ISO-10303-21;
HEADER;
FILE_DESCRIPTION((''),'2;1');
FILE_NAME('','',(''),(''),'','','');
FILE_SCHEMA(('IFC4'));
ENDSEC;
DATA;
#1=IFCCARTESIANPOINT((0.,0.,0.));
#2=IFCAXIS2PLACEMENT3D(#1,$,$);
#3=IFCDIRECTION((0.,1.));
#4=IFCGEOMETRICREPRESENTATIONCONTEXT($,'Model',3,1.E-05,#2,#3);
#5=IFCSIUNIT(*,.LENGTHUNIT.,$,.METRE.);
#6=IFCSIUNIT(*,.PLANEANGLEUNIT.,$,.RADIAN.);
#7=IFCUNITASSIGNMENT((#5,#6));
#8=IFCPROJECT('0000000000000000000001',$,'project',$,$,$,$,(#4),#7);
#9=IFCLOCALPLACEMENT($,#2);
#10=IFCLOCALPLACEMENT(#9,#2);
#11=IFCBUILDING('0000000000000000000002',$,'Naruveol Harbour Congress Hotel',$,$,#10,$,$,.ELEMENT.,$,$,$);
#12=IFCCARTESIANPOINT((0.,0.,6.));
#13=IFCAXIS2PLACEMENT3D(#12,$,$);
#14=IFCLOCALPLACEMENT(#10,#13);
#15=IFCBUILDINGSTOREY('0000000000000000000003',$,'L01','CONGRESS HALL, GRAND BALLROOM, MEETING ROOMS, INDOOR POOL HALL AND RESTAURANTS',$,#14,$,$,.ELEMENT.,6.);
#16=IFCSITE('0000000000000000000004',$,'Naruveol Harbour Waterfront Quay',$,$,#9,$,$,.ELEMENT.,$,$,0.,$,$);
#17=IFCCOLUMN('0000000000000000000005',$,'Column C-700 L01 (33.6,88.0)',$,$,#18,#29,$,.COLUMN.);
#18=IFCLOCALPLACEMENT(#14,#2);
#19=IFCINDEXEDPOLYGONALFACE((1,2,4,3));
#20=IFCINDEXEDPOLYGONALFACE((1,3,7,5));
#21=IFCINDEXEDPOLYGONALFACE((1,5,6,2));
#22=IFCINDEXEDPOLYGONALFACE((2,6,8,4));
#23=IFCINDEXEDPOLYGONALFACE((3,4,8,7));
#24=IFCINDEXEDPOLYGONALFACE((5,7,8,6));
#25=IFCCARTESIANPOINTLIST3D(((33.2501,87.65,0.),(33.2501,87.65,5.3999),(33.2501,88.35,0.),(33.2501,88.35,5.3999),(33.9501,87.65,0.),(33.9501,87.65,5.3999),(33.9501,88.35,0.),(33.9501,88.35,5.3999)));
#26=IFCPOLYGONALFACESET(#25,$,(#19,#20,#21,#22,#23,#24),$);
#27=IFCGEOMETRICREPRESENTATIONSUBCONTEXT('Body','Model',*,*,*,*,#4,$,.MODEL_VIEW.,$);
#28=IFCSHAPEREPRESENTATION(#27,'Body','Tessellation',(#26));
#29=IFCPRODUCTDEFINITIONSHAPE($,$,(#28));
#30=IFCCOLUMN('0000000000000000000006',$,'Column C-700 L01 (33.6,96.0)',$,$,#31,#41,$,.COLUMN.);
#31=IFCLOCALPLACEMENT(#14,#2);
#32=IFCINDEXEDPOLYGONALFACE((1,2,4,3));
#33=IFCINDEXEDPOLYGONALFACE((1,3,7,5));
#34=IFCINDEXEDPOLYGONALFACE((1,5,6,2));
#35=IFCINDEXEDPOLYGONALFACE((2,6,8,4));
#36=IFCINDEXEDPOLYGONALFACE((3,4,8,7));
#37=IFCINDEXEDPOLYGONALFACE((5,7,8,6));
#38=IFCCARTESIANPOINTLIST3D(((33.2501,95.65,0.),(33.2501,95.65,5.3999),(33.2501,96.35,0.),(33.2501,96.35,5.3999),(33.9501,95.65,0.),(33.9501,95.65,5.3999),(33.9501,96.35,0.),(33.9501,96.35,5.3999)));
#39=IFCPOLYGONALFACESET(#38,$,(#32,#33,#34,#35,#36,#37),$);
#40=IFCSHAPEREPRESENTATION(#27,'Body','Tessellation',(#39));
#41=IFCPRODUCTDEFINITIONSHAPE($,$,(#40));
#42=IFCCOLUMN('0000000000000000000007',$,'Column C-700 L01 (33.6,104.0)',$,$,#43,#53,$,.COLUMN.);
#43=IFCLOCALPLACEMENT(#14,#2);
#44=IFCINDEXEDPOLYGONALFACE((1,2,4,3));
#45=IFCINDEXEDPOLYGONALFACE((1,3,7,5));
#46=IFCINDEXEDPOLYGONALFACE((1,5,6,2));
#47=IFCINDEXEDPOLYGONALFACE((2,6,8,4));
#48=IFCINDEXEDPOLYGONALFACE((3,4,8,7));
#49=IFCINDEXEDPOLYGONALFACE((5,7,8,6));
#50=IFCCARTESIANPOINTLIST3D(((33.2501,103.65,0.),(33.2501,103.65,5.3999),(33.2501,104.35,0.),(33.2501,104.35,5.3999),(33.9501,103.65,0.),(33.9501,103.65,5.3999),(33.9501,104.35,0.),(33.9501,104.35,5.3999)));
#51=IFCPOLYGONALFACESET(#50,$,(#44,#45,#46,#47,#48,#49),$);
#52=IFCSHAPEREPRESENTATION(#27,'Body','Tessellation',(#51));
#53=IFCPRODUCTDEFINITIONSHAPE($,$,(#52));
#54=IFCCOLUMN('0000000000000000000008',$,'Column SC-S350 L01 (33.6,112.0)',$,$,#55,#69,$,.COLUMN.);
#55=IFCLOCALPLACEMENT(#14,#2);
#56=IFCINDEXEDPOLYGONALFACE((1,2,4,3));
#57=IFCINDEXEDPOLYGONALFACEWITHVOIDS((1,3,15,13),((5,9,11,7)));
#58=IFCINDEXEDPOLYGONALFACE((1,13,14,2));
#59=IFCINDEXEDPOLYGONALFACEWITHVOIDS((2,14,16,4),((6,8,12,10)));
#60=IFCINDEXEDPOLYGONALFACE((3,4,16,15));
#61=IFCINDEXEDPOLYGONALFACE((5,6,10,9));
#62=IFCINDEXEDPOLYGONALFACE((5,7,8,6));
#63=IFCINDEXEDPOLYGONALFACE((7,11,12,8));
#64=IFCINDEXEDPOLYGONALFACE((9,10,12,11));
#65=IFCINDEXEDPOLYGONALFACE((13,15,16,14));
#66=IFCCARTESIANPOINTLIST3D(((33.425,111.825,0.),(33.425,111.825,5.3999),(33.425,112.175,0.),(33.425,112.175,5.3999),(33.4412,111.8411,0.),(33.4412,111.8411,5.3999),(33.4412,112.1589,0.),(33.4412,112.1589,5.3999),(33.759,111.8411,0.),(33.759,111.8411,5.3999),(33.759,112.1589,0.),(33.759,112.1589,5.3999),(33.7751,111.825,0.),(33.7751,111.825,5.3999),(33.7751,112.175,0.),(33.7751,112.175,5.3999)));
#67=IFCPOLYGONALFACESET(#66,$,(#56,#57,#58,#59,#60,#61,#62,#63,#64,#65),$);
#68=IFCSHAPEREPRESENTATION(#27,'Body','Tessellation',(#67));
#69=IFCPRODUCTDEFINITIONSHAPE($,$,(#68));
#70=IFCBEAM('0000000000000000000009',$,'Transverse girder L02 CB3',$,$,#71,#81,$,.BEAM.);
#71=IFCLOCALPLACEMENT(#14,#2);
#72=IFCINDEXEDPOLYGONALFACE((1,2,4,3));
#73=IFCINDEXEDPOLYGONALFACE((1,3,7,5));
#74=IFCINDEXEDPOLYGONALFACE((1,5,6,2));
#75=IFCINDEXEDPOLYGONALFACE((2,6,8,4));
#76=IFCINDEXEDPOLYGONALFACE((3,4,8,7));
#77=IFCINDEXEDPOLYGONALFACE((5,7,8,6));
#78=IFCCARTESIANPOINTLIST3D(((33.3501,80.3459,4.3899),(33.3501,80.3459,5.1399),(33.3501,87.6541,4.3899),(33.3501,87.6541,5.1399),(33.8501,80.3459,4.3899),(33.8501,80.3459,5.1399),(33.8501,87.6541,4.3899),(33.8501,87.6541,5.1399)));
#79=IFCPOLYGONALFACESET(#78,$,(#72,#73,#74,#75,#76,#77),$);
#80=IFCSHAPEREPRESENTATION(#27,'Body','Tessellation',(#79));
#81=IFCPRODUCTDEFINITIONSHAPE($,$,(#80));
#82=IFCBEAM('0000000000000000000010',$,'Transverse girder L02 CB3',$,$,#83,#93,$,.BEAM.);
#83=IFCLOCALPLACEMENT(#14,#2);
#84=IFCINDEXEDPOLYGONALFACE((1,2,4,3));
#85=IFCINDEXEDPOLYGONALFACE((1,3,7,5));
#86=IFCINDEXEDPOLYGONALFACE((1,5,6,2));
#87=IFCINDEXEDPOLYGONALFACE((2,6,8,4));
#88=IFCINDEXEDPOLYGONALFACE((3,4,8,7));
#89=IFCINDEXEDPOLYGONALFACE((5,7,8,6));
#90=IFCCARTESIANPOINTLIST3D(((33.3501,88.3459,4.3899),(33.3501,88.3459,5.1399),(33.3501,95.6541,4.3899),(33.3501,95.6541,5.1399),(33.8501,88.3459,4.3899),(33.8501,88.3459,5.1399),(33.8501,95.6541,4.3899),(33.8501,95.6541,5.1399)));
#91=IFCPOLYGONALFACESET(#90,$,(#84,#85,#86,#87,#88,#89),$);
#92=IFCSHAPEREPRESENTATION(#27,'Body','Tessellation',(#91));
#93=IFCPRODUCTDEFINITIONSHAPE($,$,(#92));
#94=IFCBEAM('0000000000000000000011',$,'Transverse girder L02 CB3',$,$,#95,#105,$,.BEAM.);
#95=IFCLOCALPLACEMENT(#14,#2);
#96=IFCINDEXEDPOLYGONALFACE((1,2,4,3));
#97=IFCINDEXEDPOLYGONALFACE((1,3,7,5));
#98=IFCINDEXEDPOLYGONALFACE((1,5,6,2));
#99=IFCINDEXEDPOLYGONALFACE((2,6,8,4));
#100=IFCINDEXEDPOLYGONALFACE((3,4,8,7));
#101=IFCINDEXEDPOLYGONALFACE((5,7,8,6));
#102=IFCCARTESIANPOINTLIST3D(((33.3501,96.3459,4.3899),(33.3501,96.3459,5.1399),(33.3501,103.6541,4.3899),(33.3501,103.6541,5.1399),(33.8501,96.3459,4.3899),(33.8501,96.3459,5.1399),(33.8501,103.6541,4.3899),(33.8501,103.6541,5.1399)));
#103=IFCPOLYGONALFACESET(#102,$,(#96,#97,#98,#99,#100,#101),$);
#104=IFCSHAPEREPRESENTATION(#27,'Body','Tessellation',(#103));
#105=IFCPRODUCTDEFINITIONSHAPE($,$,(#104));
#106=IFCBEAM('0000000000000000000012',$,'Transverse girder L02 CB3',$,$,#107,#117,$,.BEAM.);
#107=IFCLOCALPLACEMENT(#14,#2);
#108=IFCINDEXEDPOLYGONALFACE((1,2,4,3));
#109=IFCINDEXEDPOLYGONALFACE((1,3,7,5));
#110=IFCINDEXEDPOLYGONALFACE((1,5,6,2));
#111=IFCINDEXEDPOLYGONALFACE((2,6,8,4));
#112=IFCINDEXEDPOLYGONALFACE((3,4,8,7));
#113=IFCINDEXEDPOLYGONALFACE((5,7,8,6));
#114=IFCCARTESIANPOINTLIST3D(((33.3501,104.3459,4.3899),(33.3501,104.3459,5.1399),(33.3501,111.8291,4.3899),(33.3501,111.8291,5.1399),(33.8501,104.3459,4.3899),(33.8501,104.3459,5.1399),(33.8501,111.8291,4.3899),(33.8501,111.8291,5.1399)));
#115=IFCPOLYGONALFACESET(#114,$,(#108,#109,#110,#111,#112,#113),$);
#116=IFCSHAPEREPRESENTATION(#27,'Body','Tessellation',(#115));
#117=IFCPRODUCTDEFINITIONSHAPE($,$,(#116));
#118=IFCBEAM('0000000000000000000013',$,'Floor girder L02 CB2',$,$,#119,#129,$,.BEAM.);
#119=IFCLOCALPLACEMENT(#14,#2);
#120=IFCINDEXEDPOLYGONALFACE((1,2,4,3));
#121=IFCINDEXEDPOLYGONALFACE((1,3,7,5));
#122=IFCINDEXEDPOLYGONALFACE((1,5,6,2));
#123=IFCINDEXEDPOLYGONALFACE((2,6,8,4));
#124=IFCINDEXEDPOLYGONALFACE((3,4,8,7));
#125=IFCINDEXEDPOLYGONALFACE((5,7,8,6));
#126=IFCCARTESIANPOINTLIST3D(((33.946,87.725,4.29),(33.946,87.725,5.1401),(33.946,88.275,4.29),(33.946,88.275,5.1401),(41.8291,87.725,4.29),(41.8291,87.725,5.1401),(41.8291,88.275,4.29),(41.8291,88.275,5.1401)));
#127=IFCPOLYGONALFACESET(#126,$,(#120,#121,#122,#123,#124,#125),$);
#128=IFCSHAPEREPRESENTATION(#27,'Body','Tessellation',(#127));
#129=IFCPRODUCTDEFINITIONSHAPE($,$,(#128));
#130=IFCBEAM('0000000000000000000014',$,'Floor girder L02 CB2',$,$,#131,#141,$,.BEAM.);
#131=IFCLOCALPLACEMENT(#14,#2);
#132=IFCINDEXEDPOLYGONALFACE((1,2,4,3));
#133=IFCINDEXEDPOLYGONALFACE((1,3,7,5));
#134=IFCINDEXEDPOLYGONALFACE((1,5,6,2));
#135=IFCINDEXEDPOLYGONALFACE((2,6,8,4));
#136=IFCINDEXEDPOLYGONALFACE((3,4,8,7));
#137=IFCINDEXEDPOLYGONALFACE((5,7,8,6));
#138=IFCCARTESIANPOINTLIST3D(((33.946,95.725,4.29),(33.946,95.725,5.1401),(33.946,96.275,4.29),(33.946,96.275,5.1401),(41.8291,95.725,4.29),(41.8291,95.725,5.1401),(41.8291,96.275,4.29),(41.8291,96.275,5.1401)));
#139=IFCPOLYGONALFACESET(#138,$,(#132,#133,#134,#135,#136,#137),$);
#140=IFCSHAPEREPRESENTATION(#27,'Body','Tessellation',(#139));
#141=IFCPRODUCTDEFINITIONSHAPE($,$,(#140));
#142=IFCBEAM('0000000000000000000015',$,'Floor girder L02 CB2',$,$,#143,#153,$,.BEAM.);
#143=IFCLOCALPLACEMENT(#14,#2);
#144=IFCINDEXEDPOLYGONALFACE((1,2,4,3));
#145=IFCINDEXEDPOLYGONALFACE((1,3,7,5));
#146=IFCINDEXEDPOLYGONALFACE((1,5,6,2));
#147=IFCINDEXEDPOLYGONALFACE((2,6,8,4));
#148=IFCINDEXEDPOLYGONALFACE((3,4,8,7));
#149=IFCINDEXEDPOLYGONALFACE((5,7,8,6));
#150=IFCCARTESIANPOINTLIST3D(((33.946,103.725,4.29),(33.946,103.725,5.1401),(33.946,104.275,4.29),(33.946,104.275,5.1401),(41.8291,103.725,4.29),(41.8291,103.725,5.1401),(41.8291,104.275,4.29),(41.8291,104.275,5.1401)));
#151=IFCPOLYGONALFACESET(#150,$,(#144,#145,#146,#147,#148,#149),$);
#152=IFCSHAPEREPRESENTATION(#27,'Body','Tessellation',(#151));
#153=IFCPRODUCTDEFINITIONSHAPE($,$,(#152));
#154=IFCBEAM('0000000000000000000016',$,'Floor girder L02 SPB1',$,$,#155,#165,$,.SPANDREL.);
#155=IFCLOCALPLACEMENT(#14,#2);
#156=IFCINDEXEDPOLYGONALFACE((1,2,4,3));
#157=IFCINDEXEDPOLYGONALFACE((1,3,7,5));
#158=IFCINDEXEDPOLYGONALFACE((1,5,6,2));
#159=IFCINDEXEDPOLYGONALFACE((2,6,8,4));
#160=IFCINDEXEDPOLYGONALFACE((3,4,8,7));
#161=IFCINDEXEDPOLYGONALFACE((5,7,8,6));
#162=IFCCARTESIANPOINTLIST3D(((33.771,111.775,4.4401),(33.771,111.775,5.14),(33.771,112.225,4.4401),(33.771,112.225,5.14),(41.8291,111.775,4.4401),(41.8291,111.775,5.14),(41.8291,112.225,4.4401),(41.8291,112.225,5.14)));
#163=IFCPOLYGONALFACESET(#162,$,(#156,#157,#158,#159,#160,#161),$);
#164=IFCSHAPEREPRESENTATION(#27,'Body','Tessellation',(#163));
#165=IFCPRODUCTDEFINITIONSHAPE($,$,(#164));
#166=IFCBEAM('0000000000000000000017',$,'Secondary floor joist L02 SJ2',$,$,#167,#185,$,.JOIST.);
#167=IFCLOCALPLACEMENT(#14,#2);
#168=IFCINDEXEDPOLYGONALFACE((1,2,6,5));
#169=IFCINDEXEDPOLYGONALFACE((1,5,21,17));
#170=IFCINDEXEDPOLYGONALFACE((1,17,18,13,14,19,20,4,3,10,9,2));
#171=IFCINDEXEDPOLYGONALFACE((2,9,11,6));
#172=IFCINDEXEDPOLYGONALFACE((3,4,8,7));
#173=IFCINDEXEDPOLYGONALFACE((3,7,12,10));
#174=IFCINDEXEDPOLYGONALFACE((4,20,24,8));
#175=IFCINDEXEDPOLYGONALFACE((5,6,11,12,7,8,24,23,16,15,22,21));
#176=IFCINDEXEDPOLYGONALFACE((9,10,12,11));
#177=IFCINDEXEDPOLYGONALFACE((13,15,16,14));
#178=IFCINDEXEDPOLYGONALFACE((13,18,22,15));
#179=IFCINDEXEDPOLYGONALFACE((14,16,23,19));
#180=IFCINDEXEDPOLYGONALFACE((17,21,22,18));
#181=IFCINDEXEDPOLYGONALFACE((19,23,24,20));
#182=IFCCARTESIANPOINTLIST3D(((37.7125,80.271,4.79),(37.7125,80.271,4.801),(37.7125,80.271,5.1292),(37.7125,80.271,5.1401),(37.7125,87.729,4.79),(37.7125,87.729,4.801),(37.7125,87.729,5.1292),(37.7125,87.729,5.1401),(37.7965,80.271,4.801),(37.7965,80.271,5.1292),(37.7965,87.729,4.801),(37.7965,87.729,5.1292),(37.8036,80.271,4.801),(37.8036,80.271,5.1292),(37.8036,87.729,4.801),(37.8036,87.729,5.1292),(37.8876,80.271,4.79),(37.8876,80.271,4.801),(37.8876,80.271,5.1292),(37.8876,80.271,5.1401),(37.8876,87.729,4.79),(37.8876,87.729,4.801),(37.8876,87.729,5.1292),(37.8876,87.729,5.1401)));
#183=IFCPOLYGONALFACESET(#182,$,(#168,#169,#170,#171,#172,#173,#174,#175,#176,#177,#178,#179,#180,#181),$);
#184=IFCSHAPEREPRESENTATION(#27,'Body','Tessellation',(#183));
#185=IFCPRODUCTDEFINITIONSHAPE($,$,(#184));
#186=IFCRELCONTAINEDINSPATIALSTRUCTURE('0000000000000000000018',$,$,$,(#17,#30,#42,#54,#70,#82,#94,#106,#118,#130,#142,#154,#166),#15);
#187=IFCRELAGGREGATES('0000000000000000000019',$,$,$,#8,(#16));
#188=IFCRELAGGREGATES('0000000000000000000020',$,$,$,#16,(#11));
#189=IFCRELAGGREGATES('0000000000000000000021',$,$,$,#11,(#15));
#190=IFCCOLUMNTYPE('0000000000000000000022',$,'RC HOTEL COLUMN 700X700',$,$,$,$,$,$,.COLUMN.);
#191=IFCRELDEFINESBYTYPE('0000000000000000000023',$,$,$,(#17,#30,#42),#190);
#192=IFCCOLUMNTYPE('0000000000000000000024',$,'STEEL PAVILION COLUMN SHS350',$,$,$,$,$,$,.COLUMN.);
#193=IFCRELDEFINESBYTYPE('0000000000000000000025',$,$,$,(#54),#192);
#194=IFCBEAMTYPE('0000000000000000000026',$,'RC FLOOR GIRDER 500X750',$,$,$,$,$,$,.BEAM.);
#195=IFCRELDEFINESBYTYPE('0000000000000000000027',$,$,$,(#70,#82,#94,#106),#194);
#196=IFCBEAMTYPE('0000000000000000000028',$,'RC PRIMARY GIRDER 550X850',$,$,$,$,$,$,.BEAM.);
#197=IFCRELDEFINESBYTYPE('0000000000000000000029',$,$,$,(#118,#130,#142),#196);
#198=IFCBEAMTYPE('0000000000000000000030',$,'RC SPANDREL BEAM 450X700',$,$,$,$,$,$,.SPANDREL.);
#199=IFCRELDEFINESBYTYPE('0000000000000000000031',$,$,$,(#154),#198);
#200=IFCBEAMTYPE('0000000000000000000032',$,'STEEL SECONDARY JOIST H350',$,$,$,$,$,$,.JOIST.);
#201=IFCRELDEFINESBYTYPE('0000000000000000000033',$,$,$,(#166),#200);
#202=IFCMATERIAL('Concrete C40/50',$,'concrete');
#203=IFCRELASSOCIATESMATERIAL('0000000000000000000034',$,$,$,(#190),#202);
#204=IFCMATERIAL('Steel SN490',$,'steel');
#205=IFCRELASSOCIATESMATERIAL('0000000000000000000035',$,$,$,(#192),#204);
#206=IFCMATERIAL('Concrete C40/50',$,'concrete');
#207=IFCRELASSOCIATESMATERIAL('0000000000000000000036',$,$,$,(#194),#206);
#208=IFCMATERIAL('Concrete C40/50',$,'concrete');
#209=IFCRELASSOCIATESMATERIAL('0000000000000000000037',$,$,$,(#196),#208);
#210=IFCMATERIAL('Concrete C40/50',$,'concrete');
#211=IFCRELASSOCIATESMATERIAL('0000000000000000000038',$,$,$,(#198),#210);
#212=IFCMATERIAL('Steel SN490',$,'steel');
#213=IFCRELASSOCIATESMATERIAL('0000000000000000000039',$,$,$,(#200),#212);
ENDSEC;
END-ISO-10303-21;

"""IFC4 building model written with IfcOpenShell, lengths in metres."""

from ifc_helpers import new_model, si_unit, direction, frame, origin, origin_2d, place, context, subcontext, project, spatial, rectangle, hollow_rectangle, i_section, extrude, material, material_profile, profile_set, type_object, element, save


model = new_model("IFC4")

# Units and contexts
model_context = context("Model", 3, precision=1e-05, world=origin(), true_north=direction((0.0, 1.0)))
body_context = subcontext(model_context, "Body", "Model", "MODEL_VIEW")
ifc_project = project(units=[si_unit("LENGTHUNIT", "METRE"), si_unit("PLANEANGLEUNIT", "RADIAN")], contexts=[model_context])

# Site, building, storey
site_placement = place(None, origin())
site = spatial("IfcSite", under=ifc_project, at=site_placement, Name="Naruveol Harbour Waterfront Quay", CompositionType="ELEMENT", RefElevation=0.0)
building_placement = place(site_placement, origin())
building = spatial("IfcBuilding", under=site, at=building_placement, Name="Naruveol Harbour Congress Hotel", CompositionType="ELEMENT")
storey_placement = place(building_placement, frame((0.0, 0.0, 6.0)))
storey = spatial("IfcBuildingStorey", under=building, at=storey_placement, Name="L01", Description="CONGRESS HALL, GRAND BALLROOM, MEETING ROOMS, INDOOR POOL HALL AND RESTAURANTS", CompositionType="ELEMENT", Elevation=6.0)

# Columns
ifc_material_1 = material(Name="Concrete C40/50", Category="concrete")
ifc_material_profile_1 = material_profile(ifc_material_1, rectangle(XDim=0.7, YDim=0.7, at=origin_2d()), Name="RC-700x700")
ifc_profile_set_1 = profile_set([ifc_material_profile_1], Name="Concrete C40/50")
column_type_1 = type_object("IfcColumnType", Name="RC HOTEL COLUMN 700X700", PredefinedType="COLUMN", material=ifc_profile_set_1)
for number, where, z_axis, x_axis, name in (
    (1, (33.6001, 88.0, 0.0), (0.0, 0.0, 1.0), (1.0, 0.0, 0.0), "Column C-700 L01 (33.6,88.0)"),
    (2, (33.6001, 96.0, 0.0), (0.0, 0.0, 1.0), (1.0, 0.0, 0.0), "Column C-700 L01 (33.6,96.0)"),
    (3, (33.6001, 104.0, 0.0), (0.0, 0.0, 1.0), (1.0, 0.0, 0.0), "Column C-700 L01 (33.6,104.0)"),
):
    element("IfcColumn", number, at=place(storey_placement, frame(where, z_axis=z_axis, x_axis=x_axis)), inside=storey, type_object=column_type_1, Name=name, PredefinedType="COLUMN", context=body_context, shape_type="SweptSolid", body=[
        extrude(rectangle(XDim=0.7, YDim=0.7, at=origin_2d()), origin(), (0.0, 0.0, 1.0), 5.3999),
    ])
ifc_material_2 = material(Name="Steel SN490", Category="steel")
ifc_material_profile_2 = material_profile(ifc_material_2, hollow_rectangle(XDim=0.3501, YDim=0.3501, WallThickness=0.0161, at=origin_2d()), Name="SHS-350x350x16")
ifc_profile_set_2 = profile_set([ifc_material_profile_2], Name="Steel SN490")
column_type_2 = type_object("IfcColumnType", Name="STEEL PAVILION COLUMN SHS350", PredefinedType="COLUMN", material=ifc_profile_set_2)
column_placement = place(storey_placement, frame((33.6001, 112.0, 0.0), z_axis=(0.0, 0.0, 1.0), x_axis=(1.0, 0.0, 0.0)))
element("IfcColumn", 4, at=column_placement, inside=storey, type_object=column_type_2, Name="Column SC-S350 L01 (33.6,112.0)", PredefinedType="COLUMN", context=body_context, shape_type="SweptSolid", body=[
    extrude(hollow_rectangle(XDim=0.3501, YDim=0.3501, WallThickness=0.0161, at=origin_2d()), origin(), (0.0, 0.0, 1.0), 5.3999),
])

# Beams
ifc_material_3 = material(Name="Concrete C40/50", Category="concrete")
ifc_material_profile_3 = material_profile(ifc_material_3, rectangle(XDim=0.5, YDim=0.75, at=origin_2d()), Name="RCB-500x750")
ifc_profile_set_3 = profile_set([ifc_material_profile_3], Name="Concrete C40/50")
beam_type_1 = type_object("IfcBeamType", Name="RC FLOOR GIRDER 500X750", PredefinedType="BEAM", material=ifc_profile_set_3)
for number, where, z_axis, x_axis, name in (
    (5, (33.6001, 80.3459, 4.7649), (0.0, 1.0, 0.0), (-1.0, 0.0, 0.0), "Transverse girder L02 CB3"),
    (6, (33.6001, 88.3459, 4.7649), (0.0, 1.0, 0.0), (-1.0, 0.0, 0.0), "Transverse girder L02 CB3"),
    (7, (33.6001, 96.3459, 4.7649), (0.0, 1.0, 0.0), (-1.0, 0.0, 0.0), "Transverse girder L02 CB3"),
):
    element("IfcBeam", number, at=place(storey_placement, frame(where, z_axis=z_axis, x_axis=x_axis)), inside=storey, type_object=beam_type_1, Name=name, PredefinedType="BEAM", context=body_context, shape_type="SweptSolid", body=[
        extrude(rectangle(XDim=0.5, YDim=0.75, at=origin_2d()), origin(), (0.0, 0.0, 1.0), 7.3081),
    ])
beam_1_placement = place(storey_placement, frame((33.6001, 104.3459, 4.7649), z_axis=(0.0, 1.0, 0.0), x_axis=(-1.0, 0.0, 0.0)))
element("IfcBeam", 8, at=beam_1_placement, inside=storey, type_object=beam_type_1, Name="Transverse girder L02 CB3", PredefinedType="BEAM", context=body_context, shape_type="SweptSolid", body=[
    extrude(rectangle(XDim=0.5, YDim=0.75, at=origin_2d()), origin(), (0.0, 0.0, 1.0), 7.4832),
])
ifc_material_4 = material(Name="Concrete C40/50", Category="concrete")
ifc_material_profile_4 = material_profile(ifc_material_4, rectangle(XDim=0.55, YDim=0.8501, at=origin_2d()), Name="RCB-550x850")
ifc_profile_set_4 = profile_set([ifc_material_profile_4], Name="Concrete C40/50")
beam_type_2 = type_object("IfcBeamType", Name="RC PRIMARY GIRDER 550X850", PredefinedType="BEAM", material=ifc_profile_set_4)
for number, where, z_axis, x_axis, name in (
    (9, (33.946, 88.0, 4.7151), (1.0, 0.0, 0.0), (0.0, 1.0, 0.0), "Floor girder L02 CB2"),
    (10, (33.946, 96.0, 4.7151), (1.0, 0.0, 0.0), (0.0, 1.0, 0.0), "Floor girder L02 CB2"),
    (11, (33.946, 104.0, 4.7151), (1.0, 0.0, 0.0), (0.0, 1.0, 0.0), "Floor girder L02 CB2"),
):
    element("IfcBeam", number, at=place(storey_placement, frame(where, z_axis=z_axis, x_axis=x_axis)), inside=storey, type_object=beam_type_2, Name=name, PredefinedType="BEAM", context=body_context, shape_type="SweptSolid", body=[
        extrude(rectangle(XDim=0.55, YDim=0.8501, at=origin_2d()), origin(), (0.0, 0.0, 1.0), 7.8831),
    ])
ifc_material_5 = material(Name="Concrete C40/50", Category="concrete")
ifc_material_profile_5 = material_profile(ifc_material_5, rectangle(XDim=0.45, YDim=0.7, at=origin_2d()), Name="RCB-450x700")
ifc_profile_set_5 = profile_set([ifc_material_profile_5], Name="Concrete C40/50")
beam_type_3 = type_object("IfcBeamType", Name="RC SPANDREL BEAM 450X700", PredefinedType="SPANDREL", material=ifc_profile_set_5)
beam_2_placement = place(storey_placement, frame((33.771, 112.0, 4.79), z_axis=(1.0, 0.0, 0.0), x_axis=(0.0, 1.0, 0.0)))
element("IfcBeam", 12, at=beam_2_placement, inside=storey, type_object=beam_type_3, Name="Floor girder L02 SPB1", PredefinedType="SPANDREL", context=body_context, shape_type="SweptSolid", body=[
    extrude(rectangle(XDim=0.45, YDim=0.7, at=origin_2d()), origin(), (0.0, 0.0, 1.0), 8.0581),
])
ifc_material_6 = material(Name="Steel SN490", Category="steel")
ifc_material_profile_6 = material_profile(ifc_material_6, i_section(OverallWidth=0.175, OverallDepth=0.3501, WebThickness=0.0071, FlangeThickness=0.011, at=origin_2d()), Name="H-350x175x7x11")
ifc_profile_set_6 = profile_set([ifc_material_profile_6], Name="Steel SN490")
beam_type_4 = type_object("IfcBeamType", Name="STEEL SECONDARY JOIST H350", PredefinedType="JOIST", material=ifc_profile_set_6)
for number, where, z_axis, x_axis, name in (
    (13, (37.8, 80.271, 4.9651), (0.0, 1.0, 0.0), (-1.0, 0.0, 0.0), "Secondary floor joist L02 SJ2"),
):
    element("IfcBeam", number, at=place(storey_placement, frame(where, z_axis=z_axis, x_axis=x_axis)), inside=storey, type_object=beam_type_4, Name=name, PredefinedType="JOIST", context=body_context, shape_type="SweptSolid", body=[
        extrude(i_section(OverallWidth=0.175, OverallDepth=0.3501, WebThickness=0.0071, FlangeThickness=0.011, at=origin_2d()), origin(), (0.0, 0.0, 1.0), 7.458),
    ])

save(model, "model.ifc")
